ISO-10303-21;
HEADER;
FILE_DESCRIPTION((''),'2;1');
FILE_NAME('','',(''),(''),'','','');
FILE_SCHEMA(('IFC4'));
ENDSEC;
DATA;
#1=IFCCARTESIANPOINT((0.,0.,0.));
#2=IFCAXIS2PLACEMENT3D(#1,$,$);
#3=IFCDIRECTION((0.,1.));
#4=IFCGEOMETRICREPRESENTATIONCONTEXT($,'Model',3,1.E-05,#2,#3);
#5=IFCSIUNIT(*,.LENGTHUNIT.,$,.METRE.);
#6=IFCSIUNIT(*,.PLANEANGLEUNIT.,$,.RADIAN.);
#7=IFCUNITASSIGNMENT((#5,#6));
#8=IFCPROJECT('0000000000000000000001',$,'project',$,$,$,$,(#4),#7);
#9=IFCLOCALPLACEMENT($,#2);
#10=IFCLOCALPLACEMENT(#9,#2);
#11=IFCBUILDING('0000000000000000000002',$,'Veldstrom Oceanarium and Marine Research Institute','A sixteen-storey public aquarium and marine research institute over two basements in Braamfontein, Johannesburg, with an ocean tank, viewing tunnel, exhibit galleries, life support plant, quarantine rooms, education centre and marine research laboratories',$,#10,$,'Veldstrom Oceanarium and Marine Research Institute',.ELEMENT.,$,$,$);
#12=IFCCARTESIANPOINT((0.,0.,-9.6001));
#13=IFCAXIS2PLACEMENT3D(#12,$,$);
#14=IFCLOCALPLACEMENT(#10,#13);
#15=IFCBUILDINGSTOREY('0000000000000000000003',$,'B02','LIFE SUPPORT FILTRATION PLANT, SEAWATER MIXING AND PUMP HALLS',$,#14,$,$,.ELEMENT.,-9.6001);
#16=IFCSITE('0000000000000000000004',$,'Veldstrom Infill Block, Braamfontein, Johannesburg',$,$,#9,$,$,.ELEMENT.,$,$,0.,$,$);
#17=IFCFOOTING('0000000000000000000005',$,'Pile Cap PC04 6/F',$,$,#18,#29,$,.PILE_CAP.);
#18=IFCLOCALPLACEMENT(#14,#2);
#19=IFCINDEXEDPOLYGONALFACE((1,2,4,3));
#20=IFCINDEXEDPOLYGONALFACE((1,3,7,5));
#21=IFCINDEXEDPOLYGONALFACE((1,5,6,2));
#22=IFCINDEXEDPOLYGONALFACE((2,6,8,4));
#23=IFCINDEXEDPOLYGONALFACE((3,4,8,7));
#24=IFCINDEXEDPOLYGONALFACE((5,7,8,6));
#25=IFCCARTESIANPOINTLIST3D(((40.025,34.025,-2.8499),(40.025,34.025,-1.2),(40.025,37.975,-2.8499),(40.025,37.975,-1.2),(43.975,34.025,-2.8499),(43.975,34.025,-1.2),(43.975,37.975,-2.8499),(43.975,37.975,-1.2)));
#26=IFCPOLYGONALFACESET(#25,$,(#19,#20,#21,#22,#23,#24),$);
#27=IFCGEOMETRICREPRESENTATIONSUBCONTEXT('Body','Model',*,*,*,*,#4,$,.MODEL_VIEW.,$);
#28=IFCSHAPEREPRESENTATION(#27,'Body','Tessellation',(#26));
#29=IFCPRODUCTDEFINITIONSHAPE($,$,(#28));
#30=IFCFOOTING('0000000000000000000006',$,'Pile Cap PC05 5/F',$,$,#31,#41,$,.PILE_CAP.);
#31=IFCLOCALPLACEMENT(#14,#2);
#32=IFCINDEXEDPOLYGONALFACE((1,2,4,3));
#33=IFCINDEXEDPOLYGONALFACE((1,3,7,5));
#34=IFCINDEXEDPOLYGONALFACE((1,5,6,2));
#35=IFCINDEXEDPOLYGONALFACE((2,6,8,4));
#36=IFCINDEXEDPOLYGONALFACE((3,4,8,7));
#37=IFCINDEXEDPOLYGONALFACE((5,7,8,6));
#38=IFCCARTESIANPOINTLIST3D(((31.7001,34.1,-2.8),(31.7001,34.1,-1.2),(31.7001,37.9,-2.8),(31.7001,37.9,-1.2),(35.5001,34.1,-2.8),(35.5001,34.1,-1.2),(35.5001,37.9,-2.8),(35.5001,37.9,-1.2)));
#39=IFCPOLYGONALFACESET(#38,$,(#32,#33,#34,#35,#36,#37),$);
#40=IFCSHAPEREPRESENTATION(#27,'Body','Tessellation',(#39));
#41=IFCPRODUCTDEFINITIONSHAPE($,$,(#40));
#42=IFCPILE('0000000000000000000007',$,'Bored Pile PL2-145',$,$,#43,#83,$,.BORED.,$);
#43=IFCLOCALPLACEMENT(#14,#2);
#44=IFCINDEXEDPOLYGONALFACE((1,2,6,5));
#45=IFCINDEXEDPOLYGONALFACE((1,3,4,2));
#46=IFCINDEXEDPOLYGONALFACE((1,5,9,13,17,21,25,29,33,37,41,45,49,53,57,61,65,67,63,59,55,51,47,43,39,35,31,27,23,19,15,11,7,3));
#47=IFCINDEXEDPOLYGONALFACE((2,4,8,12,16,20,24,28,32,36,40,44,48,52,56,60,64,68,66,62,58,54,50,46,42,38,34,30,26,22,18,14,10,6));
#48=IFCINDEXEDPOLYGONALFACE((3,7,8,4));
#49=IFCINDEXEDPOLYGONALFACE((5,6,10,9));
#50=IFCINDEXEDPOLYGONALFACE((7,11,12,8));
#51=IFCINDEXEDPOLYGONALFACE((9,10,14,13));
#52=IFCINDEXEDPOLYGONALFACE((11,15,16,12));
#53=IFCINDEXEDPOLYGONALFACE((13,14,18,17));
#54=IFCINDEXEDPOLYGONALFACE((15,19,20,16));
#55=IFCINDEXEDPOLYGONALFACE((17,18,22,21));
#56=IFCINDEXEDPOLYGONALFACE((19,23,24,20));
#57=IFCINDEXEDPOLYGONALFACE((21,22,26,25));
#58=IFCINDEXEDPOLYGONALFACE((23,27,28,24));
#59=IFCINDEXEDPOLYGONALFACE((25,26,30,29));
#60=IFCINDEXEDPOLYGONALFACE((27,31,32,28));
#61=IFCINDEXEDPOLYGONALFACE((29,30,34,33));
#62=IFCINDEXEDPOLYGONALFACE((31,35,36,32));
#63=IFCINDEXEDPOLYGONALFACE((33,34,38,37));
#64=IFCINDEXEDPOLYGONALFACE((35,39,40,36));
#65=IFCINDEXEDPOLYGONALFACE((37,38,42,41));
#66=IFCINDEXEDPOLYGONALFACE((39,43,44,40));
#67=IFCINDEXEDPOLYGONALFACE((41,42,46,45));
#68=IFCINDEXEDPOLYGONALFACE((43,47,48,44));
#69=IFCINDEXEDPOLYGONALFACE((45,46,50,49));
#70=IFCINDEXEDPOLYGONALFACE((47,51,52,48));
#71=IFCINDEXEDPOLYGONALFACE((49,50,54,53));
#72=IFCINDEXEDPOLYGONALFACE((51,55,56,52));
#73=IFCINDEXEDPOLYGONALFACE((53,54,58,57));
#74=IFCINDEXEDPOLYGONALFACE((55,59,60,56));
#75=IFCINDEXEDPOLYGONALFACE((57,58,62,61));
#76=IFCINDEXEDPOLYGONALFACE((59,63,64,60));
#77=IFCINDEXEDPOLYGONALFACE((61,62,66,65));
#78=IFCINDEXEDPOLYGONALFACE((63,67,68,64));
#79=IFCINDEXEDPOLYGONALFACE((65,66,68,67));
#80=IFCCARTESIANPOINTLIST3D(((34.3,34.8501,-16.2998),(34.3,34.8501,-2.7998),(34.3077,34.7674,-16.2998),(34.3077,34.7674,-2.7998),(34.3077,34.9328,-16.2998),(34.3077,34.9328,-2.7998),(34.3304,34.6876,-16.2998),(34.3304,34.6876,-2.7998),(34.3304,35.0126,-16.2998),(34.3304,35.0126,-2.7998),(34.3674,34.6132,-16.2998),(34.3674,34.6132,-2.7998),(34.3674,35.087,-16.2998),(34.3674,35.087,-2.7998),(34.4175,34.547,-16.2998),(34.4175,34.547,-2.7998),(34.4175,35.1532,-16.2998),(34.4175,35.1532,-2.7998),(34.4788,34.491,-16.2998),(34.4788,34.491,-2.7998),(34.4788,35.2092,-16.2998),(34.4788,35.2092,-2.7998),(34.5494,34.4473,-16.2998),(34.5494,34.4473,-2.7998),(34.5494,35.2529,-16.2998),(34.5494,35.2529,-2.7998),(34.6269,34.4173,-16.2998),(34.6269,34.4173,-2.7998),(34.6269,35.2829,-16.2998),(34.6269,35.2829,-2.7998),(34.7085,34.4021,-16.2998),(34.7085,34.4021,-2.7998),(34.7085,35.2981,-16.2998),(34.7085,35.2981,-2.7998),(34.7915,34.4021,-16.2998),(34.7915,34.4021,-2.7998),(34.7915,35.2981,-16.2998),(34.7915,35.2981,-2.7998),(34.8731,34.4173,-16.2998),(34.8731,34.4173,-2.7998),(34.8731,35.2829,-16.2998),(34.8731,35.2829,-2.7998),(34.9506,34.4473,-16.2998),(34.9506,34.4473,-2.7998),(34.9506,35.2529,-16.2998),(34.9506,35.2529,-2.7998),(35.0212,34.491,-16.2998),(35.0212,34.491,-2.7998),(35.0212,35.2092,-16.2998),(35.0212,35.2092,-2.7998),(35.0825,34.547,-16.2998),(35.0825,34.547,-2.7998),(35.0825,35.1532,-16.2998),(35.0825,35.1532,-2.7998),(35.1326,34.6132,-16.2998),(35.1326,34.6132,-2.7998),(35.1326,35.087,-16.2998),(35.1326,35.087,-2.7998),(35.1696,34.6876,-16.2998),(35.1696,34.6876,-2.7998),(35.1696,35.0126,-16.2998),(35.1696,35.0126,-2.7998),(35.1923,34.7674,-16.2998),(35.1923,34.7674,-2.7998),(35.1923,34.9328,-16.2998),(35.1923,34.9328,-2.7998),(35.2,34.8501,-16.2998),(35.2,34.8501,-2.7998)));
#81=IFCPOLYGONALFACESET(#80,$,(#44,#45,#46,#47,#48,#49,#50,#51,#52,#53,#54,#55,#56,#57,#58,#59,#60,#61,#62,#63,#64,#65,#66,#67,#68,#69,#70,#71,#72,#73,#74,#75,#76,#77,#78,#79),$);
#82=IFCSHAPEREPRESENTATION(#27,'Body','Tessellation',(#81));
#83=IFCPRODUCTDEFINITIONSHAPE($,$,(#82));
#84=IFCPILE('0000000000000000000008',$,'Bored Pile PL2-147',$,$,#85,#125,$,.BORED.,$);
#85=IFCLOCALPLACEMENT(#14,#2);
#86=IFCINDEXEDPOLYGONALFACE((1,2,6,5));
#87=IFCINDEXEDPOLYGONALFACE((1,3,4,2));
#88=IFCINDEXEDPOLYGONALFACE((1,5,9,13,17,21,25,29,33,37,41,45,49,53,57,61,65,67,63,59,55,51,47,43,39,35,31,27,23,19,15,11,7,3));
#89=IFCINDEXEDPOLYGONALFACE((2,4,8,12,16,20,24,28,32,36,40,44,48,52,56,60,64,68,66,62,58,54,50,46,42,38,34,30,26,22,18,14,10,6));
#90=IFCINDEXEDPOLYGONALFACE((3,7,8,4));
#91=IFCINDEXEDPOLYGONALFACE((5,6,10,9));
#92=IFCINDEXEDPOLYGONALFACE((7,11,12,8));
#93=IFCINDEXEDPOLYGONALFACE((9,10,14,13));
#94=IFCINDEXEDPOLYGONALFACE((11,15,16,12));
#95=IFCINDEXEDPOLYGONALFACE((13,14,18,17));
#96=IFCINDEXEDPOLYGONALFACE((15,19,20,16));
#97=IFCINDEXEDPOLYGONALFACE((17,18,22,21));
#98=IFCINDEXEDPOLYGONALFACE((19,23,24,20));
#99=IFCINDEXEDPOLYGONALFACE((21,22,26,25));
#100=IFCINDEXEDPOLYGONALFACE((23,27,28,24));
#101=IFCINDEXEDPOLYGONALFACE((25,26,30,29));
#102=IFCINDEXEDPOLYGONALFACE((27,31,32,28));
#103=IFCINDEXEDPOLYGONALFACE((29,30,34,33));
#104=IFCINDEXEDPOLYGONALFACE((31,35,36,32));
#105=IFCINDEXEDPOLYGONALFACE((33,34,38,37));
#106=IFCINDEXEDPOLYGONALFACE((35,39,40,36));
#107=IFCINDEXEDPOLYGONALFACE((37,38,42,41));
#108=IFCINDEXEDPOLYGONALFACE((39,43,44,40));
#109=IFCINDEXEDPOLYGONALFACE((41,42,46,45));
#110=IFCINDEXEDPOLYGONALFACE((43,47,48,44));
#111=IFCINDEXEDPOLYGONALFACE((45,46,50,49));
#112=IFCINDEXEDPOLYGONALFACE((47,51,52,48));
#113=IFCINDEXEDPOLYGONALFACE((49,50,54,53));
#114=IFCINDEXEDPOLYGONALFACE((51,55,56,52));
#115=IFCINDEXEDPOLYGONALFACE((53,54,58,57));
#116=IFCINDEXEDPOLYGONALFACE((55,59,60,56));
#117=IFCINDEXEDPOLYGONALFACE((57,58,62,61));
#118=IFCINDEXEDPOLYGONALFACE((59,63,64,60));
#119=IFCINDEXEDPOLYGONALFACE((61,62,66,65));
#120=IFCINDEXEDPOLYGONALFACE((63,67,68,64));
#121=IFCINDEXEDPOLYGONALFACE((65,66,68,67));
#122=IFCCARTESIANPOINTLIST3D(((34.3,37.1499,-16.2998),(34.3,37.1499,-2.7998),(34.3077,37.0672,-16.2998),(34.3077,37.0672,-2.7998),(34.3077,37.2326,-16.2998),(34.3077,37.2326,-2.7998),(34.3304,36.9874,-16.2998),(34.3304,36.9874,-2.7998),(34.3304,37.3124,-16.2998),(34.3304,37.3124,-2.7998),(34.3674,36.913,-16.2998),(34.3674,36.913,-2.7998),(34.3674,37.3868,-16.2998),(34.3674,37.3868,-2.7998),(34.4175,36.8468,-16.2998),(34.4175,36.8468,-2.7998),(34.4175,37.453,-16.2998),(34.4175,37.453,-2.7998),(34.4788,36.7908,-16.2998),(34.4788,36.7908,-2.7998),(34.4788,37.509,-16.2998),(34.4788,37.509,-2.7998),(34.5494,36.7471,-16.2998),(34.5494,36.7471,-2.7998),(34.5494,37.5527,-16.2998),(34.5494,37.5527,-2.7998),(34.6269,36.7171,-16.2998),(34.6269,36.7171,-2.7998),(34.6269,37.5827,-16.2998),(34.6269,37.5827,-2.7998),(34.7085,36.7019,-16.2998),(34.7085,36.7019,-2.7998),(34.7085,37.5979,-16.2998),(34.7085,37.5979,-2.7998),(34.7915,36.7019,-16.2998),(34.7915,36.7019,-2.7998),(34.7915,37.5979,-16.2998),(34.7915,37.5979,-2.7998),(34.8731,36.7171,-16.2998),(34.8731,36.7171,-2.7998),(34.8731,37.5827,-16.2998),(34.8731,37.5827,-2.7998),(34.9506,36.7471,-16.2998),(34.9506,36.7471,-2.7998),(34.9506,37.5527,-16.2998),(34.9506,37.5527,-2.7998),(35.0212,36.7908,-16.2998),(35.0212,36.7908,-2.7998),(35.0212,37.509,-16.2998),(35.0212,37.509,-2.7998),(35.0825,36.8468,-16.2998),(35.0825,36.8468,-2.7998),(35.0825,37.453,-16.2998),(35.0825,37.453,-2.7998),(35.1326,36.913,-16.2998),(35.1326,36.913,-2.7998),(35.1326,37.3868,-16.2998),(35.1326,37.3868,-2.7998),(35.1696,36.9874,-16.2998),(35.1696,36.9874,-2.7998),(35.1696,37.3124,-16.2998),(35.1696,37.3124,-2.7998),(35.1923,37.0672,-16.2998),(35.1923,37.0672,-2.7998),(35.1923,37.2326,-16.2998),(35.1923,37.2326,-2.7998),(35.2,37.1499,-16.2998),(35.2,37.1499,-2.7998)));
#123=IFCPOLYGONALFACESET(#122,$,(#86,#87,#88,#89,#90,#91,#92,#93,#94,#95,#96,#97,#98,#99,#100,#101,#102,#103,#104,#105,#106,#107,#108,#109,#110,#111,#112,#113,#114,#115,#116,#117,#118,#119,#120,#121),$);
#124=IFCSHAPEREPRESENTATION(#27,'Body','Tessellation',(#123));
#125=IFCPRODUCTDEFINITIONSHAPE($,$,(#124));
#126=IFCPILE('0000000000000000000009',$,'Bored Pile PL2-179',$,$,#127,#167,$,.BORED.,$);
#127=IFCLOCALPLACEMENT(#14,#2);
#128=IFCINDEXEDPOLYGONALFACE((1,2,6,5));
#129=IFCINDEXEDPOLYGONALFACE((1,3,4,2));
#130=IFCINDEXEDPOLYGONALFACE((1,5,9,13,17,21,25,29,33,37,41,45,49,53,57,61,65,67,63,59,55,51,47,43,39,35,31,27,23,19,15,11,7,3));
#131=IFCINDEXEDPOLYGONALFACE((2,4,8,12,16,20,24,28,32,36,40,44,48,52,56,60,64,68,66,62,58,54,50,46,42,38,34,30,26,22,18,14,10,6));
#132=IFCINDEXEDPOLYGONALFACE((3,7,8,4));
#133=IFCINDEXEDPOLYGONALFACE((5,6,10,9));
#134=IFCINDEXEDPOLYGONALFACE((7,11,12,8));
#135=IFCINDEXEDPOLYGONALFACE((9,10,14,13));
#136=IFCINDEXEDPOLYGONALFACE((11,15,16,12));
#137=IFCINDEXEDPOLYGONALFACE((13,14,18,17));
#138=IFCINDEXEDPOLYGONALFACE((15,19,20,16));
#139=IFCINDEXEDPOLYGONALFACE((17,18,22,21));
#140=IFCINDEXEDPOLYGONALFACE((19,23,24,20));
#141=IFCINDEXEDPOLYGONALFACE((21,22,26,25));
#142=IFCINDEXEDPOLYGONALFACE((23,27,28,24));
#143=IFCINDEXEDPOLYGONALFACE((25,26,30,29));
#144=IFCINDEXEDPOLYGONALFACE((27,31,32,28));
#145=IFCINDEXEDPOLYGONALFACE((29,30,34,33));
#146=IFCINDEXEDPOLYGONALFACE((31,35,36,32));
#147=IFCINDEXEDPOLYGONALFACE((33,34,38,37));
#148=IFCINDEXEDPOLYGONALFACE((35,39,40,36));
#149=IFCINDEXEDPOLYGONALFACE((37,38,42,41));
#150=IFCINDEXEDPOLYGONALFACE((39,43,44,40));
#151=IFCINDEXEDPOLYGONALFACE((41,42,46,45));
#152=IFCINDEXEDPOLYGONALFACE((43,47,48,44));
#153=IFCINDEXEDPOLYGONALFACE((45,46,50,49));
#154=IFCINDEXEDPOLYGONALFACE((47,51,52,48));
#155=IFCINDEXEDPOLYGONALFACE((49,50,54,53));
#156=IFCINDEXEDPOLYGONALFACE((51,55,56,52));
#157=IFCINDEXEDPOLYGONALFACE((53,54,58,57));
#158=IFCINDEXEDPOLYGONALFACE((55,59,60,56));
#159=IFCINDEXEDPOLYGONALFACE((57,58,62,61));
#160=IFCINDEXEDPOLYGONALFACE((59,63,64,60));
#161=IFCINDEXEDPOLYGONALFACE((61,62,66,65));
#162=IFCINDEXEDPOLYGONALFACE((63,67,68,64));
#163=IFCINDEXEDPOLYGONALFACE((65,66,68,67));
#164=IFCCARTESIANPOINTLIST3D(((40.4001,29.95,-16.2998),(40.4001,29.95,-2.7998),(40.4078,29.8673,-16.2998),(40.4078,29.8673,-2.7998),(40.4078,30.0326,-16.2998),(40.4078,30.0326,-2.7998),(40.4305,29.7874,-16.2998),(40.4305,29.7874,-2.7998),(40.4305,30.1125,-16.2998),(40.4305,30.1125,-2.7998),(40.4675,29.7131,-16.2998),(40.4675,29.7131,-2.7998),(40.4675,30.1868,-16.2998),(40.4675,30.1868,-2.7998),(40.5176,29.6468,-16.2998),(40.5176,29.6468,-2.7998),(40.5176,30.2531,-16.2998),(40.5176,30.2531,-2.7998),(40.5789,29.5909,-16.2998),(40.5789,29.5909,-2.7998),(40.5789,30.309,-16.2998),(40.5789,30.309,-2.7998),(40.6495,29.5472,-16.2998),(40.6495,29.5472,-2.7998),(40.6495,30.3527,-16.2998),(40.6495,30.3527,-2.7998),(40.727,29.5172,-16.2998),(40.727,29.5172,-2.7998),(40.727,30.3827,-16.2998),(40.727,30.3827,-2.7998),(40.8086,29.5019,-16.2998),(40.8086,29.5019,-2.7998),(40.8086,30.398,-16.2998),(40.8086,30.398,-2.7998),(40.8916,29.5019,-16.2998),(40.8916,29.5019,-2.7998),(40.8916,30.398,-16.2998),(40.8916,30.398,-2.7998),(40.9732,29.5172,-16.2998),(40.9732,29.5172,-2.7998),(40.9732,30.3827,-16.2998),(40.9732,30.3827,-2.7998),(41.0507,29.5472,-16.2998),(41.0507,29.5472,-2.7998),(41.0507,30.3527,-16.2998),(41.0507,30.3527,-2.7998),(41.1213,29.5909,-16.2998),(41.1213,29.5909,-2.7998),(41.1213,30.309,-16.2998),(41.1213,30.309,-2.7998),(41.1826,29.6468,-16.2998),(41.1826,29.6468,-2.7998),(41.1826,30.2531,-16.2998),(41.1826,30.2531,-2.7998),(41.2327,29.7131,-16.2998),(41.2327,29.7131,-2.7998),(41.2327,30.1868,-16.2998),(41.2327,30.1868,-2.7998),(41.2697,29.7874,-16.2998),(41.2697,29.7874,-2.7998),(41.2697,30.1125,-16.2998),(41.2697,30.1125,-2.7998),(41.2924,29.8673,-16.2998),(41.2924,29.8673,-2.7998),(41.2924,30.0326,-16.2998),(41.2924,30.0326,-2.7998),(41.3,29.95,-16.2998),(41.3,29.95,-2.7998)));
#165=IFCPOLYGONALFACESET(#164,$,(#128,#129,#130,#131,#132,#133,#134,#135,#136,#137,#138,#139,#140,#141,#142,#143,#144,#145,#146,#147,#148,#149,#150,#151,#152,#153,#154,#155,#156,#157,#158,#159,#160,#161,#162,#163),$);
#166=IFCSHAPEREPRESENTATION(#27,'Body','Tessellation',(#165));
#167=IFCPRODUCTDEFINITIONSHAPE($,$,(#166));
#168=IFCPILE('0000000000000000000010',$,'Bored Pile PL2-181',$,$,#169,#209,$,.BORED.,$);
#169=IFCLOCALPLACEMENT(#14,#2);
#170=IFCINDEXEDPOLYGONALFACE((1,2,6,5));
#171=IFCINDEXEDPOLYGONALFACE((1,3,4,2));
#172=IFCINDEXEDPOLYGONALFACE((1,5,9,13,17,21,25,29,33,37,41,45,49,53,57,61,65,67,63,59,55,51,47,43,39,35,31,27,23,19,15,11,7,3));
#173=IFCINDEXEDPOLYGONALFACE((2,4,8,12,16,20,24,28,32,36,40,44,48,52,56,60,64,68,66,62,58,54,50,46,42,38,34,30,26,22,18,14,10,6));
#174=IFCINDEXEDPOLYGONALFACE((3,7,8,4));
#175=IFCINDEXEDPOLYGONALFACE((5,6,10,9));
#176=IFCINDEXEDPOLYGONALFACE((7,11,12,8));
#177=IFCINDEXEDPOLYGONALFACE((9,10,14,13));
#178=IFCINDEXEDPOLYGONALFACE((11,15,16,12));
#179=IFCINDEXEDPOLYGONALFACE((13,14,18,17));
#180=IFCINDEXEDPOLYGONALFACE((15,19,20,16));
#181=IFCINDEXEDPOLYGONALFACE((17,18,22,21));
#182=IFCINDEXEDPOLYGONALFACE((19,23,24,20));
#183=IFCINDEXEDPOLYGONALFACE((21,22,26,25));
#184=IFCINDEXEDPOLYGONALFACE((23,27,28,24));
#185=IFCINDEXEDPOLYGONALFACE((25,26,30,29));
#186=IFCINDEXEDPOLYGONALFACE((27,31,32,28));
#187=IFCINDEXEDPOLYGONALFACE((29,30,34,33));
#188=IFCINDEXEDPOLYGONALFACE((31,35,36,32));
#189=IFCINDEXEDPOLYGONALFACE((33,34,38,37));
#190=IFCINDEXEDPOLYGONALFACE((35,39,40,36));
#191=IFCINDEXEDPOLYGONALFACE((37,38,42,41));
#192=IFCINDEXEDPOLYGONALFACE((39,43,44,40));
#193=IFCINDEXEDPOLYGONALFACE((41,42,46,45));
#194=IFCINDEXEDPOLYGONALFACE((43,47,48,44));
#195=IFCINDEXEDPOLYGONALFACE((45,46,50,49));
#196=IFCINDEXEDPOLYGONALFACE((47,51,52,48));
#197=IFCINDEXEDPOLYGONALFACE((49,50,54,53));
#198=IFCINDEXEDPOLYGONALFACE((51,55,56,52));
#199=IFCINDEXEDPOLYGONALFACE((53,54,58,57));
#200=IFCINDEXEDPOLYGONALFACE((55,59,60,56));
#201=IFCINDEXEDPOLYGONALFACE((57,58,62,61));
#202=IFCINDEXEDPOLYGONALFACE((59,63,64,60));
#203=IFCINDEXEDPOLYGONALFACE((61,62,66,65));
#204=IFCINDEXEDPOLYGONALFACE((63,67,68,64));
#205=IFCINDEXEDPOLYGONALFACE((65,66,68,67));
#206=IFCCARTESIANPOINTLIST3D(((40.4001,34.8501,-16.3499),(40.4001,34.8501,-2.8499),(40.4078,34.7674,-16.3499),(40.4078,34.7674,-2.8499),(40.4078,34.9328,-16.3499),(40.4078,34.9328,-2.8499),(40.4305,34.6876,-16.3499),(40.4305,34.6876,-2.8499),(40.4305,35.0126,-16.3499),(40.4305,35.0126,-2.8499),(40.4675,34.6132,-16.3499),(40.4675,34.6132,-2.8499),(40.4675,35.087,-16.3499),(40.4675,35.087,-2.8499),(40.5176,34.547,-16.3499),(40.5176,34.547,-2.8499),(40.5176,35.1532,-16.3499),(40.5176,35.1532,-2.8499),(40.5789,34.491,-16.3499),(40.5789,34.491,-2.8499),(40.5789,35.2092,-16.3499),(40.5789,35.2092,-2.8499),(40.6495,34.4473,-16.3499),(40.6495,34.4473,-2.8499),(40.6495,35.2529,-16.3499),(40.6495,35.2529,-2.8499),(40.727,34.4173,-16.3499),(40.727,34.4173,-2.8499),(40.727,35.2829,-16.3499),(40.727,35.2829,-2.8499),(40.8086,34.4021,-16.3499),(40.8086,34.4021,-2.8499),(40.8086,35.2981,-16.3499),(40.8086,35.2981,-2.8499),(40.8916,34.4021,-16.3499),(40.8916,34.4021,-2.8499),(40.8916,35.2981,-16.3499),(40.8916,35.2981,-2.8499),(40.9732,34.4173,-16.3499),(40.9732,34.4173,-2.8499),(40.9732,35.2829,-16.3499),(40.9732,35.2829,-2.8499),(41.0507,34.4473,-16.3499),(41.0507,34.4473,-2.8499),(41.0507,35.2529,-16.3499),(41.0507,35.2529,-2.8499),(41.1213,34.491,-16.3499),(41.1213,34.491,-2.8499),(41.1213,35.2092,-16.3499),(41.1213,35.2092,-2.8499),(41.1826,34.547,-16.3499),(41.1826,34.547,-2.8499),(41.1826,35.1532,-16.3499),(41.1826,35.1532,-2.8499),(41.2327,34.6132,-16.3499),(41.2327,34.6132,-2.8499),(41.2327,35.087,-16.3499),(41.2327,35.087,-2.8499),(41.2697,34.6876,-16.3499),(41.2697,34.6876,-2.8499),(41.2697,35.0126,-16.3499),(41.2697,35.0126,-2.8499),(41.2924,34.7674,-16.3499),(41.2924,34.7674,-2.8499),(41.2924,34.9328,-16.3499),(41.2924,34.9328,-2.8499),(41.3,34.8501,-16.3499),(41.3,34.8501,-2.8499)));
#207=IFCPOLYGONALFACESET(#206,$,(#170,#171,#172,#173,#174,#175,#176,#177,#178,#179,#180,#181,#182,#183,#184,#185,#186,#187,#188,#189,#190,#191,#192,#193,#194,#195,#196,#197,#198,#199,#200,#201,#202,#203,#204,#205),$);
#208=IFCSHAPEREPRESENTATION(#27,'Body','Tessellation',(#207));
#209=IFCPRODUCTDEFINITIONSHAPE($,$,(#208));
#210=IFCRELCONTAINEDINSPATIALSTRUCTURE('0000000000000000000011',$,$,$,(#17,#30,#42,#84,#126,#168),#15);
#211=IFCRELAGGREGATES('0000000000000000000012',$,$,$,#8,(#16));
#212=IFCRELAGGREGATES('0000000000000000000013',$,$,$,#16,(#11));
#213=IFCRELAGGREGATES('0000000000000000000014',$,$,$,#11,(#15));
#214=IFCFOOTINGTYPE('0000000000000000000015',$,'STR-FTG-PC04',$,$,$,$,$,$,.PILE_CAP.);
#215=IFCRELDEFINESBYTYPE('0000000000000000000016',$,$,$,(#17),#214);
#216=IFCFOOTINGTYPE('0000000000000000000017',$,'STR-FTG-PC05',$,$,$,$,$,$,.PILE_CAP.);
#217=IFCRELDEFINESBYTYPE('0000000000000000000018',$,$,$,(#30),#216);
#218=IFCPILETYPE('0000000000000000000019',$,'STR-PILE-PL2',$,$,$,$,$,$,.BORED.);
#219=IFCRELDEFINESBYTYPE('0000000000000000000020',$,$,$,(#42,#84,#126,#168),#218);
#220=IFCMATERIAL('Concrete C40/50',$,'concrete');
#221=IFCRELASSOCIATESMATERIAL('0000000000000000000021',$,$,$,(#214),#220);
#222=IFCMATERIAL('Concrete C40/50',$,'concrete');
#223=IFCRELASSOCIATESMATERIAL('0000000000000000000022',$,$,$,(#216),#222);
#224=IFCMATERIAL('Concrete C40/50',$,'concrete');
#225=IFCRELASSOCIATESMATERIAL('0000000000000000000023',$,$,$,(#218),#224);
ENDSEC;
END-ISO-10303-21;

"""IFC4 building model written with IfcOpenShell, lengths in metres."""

from ifc_helpers import new_model, si_unit, direction, frame, origin, origin_2d, place, context, subcontext, project, spatial, rectangle, circle, extrude, material, material_profile, profile_set, type_object, element, save


model = new_model("IFC4")

# Units and contexts
model_context = context("Model", 3, precision=1e-05, world=origin(), true_north=direction((0.0, 1.0)))
body_context = subcontext(model_context, "Body", "Model", "MODEL_VIEW")
ifc_project = project(units=[si_unit("LENGTHUNIT", "METRE"), si_unit("PLANEANGLEUNIT", "RADIAN")], contexts=[model_context])

# Site, building, storey
site_placement = place(None, origin())
site = spatial("IfcSite", under=ifc_project, at=site_placement, Name="Veldstrom Infill Block, Braamfontein, Johannesburg", CompositionType="ELEMENT", RefElevation=0.0)
building_placement = place(site_placement, origin())
building = spatial("IfcBuilding", under=site, at=building_placement, Name="Veldstrom Oceanarium and Marine Research Institute", Description="A sixteen-storey public aquarium and marine research institute over two basements in Braamfontein, Johannesburg, with an ocean tank, viewing tunnel, exhibit galleries, life support plant, quarantine rooms, education centre and marine research laboratories", LongName="Veldstrom Oceanarium and Marine Research Institute", CompositionType="ELEMENT")
storey_placement = place(building_placement, frame((0.0, 0.0, -9.6001)))
storey = spatial("IfcBuildingStorey", under=building, at=storey_placement, Name="B02", Description="LIFE SUPPORT FILTRATION PLANT, SEAWATER MIXING AND PUMP HALLS", CompositionType="ELEMENT", Elevation=-9.6001)

# Footings
ifc_material_1 = material(Name="Concrete C40/50", Category="concrete")
footing_type_1 = type_object("IfcFootingType", Name="STR-FTG-PC04", PredefinedType="PILE_CAP", material=ifc_material_1)
footing_1_placement = place(storey_placement, frame((42.0, 36.0, -2.8499), z_axis=(0.0, 0.0, 1.0), x_axis=(1.0, 0.0, 0.0)))
element("IfcFooting", 1, at=footing_1_placement, inside=storey, type_object=footing_type_1, Name="Pile Cap PC04 6/F", PredefinedType="PILE_CAP", context=body_context, shape_type="SweptSolid", body=[
    extrude(rectangle(XDim=3.95, YDim=3.95, at=origin_2d()), origin(), (0.0, 0.0, 1.0), 1.6499),
])
ifc_material_2 = material(Name="Concrete C40/50", Category="concrete")
footing_type_2 = type_object("IfcFootingType", Name="STR-FTG-PC05", PredefinedType="PILE_CAP", material=ifc_material_2)
footing_2_placement = place(storey_placement, frame((33.6001, 36.0, -2.8), z_axis=(0.0, 0.0, 1.0), x_axis=(1.0, 0.0, 0.0)))
element("IfcFooting", 2, at=footing_2_placement, inside=storey, type_object=footing_type_2, Name="Pile Cap PC05 5/F", PredefinedType="PILE_CAP", context=body_context, shape_type="SweptSolid", body=[
    extrude(rectangle(XDim=3.8, YDim=3.8, at=origin_2d()), origin(), (0.0, 0.0, 1.0), 1.6001),
])

# Piles
ifc_material_3 = material(Name="Concrete C40/50", Category="concrete")
ifc_material_profile_1 = material_profile(ifc_material_3, circle(Radius=0.45, at=origin_2d()), Name="PILE-D900")
ifc_profile_set_1 = profile_set([ifc_material_profile_1], Name="Concrete C40/50")
pile_type = type_object("IfcPileType", Name="STR-PILE-PL2", PredefinedType="BORED", material=ifc_profile_set_1)
for number, where, z_axis, x_axis, name in (
    (3, (34.75, 34.8501, -2.7998), (0.0, 0.0, -1.0), (1.0, 0.0, 0.0), "Bored Pile PL2-145"),
    (4, (34.75, 37.1499, -2.7998), (0.0, 0.0, -1.0), (1.0, 0.0, 0.0), "Bored Pile PL2-147"),
    (5, (40.8501, 29.95, -2.7998), (0.0, 0.0, -1.0), (1.0, 0.0, 0.0), "Bored Pile PL2-179"),
    (6, (40.8501, 34.8501, -2.8499), (0.0, 0.0, -1.0), (1.0, 0.0, 0.0), "Bored Pile PL2-181"),
):
    element("IfcPile", number, at=place(storey_placement, frame(where, z_axis=z_axis, x_axis=x_axis)), inside=storey, type_object=pile_type, Name=name, PredefinedType="BORED", context=body_context, shape_type="SweptSolid", body=[
        extrude(circle(Radius=0.45, at=origin_2d()), origin(), (0.0, 0.0, 1.0), 13.5),
    ])

save(model, "model.ifc")
